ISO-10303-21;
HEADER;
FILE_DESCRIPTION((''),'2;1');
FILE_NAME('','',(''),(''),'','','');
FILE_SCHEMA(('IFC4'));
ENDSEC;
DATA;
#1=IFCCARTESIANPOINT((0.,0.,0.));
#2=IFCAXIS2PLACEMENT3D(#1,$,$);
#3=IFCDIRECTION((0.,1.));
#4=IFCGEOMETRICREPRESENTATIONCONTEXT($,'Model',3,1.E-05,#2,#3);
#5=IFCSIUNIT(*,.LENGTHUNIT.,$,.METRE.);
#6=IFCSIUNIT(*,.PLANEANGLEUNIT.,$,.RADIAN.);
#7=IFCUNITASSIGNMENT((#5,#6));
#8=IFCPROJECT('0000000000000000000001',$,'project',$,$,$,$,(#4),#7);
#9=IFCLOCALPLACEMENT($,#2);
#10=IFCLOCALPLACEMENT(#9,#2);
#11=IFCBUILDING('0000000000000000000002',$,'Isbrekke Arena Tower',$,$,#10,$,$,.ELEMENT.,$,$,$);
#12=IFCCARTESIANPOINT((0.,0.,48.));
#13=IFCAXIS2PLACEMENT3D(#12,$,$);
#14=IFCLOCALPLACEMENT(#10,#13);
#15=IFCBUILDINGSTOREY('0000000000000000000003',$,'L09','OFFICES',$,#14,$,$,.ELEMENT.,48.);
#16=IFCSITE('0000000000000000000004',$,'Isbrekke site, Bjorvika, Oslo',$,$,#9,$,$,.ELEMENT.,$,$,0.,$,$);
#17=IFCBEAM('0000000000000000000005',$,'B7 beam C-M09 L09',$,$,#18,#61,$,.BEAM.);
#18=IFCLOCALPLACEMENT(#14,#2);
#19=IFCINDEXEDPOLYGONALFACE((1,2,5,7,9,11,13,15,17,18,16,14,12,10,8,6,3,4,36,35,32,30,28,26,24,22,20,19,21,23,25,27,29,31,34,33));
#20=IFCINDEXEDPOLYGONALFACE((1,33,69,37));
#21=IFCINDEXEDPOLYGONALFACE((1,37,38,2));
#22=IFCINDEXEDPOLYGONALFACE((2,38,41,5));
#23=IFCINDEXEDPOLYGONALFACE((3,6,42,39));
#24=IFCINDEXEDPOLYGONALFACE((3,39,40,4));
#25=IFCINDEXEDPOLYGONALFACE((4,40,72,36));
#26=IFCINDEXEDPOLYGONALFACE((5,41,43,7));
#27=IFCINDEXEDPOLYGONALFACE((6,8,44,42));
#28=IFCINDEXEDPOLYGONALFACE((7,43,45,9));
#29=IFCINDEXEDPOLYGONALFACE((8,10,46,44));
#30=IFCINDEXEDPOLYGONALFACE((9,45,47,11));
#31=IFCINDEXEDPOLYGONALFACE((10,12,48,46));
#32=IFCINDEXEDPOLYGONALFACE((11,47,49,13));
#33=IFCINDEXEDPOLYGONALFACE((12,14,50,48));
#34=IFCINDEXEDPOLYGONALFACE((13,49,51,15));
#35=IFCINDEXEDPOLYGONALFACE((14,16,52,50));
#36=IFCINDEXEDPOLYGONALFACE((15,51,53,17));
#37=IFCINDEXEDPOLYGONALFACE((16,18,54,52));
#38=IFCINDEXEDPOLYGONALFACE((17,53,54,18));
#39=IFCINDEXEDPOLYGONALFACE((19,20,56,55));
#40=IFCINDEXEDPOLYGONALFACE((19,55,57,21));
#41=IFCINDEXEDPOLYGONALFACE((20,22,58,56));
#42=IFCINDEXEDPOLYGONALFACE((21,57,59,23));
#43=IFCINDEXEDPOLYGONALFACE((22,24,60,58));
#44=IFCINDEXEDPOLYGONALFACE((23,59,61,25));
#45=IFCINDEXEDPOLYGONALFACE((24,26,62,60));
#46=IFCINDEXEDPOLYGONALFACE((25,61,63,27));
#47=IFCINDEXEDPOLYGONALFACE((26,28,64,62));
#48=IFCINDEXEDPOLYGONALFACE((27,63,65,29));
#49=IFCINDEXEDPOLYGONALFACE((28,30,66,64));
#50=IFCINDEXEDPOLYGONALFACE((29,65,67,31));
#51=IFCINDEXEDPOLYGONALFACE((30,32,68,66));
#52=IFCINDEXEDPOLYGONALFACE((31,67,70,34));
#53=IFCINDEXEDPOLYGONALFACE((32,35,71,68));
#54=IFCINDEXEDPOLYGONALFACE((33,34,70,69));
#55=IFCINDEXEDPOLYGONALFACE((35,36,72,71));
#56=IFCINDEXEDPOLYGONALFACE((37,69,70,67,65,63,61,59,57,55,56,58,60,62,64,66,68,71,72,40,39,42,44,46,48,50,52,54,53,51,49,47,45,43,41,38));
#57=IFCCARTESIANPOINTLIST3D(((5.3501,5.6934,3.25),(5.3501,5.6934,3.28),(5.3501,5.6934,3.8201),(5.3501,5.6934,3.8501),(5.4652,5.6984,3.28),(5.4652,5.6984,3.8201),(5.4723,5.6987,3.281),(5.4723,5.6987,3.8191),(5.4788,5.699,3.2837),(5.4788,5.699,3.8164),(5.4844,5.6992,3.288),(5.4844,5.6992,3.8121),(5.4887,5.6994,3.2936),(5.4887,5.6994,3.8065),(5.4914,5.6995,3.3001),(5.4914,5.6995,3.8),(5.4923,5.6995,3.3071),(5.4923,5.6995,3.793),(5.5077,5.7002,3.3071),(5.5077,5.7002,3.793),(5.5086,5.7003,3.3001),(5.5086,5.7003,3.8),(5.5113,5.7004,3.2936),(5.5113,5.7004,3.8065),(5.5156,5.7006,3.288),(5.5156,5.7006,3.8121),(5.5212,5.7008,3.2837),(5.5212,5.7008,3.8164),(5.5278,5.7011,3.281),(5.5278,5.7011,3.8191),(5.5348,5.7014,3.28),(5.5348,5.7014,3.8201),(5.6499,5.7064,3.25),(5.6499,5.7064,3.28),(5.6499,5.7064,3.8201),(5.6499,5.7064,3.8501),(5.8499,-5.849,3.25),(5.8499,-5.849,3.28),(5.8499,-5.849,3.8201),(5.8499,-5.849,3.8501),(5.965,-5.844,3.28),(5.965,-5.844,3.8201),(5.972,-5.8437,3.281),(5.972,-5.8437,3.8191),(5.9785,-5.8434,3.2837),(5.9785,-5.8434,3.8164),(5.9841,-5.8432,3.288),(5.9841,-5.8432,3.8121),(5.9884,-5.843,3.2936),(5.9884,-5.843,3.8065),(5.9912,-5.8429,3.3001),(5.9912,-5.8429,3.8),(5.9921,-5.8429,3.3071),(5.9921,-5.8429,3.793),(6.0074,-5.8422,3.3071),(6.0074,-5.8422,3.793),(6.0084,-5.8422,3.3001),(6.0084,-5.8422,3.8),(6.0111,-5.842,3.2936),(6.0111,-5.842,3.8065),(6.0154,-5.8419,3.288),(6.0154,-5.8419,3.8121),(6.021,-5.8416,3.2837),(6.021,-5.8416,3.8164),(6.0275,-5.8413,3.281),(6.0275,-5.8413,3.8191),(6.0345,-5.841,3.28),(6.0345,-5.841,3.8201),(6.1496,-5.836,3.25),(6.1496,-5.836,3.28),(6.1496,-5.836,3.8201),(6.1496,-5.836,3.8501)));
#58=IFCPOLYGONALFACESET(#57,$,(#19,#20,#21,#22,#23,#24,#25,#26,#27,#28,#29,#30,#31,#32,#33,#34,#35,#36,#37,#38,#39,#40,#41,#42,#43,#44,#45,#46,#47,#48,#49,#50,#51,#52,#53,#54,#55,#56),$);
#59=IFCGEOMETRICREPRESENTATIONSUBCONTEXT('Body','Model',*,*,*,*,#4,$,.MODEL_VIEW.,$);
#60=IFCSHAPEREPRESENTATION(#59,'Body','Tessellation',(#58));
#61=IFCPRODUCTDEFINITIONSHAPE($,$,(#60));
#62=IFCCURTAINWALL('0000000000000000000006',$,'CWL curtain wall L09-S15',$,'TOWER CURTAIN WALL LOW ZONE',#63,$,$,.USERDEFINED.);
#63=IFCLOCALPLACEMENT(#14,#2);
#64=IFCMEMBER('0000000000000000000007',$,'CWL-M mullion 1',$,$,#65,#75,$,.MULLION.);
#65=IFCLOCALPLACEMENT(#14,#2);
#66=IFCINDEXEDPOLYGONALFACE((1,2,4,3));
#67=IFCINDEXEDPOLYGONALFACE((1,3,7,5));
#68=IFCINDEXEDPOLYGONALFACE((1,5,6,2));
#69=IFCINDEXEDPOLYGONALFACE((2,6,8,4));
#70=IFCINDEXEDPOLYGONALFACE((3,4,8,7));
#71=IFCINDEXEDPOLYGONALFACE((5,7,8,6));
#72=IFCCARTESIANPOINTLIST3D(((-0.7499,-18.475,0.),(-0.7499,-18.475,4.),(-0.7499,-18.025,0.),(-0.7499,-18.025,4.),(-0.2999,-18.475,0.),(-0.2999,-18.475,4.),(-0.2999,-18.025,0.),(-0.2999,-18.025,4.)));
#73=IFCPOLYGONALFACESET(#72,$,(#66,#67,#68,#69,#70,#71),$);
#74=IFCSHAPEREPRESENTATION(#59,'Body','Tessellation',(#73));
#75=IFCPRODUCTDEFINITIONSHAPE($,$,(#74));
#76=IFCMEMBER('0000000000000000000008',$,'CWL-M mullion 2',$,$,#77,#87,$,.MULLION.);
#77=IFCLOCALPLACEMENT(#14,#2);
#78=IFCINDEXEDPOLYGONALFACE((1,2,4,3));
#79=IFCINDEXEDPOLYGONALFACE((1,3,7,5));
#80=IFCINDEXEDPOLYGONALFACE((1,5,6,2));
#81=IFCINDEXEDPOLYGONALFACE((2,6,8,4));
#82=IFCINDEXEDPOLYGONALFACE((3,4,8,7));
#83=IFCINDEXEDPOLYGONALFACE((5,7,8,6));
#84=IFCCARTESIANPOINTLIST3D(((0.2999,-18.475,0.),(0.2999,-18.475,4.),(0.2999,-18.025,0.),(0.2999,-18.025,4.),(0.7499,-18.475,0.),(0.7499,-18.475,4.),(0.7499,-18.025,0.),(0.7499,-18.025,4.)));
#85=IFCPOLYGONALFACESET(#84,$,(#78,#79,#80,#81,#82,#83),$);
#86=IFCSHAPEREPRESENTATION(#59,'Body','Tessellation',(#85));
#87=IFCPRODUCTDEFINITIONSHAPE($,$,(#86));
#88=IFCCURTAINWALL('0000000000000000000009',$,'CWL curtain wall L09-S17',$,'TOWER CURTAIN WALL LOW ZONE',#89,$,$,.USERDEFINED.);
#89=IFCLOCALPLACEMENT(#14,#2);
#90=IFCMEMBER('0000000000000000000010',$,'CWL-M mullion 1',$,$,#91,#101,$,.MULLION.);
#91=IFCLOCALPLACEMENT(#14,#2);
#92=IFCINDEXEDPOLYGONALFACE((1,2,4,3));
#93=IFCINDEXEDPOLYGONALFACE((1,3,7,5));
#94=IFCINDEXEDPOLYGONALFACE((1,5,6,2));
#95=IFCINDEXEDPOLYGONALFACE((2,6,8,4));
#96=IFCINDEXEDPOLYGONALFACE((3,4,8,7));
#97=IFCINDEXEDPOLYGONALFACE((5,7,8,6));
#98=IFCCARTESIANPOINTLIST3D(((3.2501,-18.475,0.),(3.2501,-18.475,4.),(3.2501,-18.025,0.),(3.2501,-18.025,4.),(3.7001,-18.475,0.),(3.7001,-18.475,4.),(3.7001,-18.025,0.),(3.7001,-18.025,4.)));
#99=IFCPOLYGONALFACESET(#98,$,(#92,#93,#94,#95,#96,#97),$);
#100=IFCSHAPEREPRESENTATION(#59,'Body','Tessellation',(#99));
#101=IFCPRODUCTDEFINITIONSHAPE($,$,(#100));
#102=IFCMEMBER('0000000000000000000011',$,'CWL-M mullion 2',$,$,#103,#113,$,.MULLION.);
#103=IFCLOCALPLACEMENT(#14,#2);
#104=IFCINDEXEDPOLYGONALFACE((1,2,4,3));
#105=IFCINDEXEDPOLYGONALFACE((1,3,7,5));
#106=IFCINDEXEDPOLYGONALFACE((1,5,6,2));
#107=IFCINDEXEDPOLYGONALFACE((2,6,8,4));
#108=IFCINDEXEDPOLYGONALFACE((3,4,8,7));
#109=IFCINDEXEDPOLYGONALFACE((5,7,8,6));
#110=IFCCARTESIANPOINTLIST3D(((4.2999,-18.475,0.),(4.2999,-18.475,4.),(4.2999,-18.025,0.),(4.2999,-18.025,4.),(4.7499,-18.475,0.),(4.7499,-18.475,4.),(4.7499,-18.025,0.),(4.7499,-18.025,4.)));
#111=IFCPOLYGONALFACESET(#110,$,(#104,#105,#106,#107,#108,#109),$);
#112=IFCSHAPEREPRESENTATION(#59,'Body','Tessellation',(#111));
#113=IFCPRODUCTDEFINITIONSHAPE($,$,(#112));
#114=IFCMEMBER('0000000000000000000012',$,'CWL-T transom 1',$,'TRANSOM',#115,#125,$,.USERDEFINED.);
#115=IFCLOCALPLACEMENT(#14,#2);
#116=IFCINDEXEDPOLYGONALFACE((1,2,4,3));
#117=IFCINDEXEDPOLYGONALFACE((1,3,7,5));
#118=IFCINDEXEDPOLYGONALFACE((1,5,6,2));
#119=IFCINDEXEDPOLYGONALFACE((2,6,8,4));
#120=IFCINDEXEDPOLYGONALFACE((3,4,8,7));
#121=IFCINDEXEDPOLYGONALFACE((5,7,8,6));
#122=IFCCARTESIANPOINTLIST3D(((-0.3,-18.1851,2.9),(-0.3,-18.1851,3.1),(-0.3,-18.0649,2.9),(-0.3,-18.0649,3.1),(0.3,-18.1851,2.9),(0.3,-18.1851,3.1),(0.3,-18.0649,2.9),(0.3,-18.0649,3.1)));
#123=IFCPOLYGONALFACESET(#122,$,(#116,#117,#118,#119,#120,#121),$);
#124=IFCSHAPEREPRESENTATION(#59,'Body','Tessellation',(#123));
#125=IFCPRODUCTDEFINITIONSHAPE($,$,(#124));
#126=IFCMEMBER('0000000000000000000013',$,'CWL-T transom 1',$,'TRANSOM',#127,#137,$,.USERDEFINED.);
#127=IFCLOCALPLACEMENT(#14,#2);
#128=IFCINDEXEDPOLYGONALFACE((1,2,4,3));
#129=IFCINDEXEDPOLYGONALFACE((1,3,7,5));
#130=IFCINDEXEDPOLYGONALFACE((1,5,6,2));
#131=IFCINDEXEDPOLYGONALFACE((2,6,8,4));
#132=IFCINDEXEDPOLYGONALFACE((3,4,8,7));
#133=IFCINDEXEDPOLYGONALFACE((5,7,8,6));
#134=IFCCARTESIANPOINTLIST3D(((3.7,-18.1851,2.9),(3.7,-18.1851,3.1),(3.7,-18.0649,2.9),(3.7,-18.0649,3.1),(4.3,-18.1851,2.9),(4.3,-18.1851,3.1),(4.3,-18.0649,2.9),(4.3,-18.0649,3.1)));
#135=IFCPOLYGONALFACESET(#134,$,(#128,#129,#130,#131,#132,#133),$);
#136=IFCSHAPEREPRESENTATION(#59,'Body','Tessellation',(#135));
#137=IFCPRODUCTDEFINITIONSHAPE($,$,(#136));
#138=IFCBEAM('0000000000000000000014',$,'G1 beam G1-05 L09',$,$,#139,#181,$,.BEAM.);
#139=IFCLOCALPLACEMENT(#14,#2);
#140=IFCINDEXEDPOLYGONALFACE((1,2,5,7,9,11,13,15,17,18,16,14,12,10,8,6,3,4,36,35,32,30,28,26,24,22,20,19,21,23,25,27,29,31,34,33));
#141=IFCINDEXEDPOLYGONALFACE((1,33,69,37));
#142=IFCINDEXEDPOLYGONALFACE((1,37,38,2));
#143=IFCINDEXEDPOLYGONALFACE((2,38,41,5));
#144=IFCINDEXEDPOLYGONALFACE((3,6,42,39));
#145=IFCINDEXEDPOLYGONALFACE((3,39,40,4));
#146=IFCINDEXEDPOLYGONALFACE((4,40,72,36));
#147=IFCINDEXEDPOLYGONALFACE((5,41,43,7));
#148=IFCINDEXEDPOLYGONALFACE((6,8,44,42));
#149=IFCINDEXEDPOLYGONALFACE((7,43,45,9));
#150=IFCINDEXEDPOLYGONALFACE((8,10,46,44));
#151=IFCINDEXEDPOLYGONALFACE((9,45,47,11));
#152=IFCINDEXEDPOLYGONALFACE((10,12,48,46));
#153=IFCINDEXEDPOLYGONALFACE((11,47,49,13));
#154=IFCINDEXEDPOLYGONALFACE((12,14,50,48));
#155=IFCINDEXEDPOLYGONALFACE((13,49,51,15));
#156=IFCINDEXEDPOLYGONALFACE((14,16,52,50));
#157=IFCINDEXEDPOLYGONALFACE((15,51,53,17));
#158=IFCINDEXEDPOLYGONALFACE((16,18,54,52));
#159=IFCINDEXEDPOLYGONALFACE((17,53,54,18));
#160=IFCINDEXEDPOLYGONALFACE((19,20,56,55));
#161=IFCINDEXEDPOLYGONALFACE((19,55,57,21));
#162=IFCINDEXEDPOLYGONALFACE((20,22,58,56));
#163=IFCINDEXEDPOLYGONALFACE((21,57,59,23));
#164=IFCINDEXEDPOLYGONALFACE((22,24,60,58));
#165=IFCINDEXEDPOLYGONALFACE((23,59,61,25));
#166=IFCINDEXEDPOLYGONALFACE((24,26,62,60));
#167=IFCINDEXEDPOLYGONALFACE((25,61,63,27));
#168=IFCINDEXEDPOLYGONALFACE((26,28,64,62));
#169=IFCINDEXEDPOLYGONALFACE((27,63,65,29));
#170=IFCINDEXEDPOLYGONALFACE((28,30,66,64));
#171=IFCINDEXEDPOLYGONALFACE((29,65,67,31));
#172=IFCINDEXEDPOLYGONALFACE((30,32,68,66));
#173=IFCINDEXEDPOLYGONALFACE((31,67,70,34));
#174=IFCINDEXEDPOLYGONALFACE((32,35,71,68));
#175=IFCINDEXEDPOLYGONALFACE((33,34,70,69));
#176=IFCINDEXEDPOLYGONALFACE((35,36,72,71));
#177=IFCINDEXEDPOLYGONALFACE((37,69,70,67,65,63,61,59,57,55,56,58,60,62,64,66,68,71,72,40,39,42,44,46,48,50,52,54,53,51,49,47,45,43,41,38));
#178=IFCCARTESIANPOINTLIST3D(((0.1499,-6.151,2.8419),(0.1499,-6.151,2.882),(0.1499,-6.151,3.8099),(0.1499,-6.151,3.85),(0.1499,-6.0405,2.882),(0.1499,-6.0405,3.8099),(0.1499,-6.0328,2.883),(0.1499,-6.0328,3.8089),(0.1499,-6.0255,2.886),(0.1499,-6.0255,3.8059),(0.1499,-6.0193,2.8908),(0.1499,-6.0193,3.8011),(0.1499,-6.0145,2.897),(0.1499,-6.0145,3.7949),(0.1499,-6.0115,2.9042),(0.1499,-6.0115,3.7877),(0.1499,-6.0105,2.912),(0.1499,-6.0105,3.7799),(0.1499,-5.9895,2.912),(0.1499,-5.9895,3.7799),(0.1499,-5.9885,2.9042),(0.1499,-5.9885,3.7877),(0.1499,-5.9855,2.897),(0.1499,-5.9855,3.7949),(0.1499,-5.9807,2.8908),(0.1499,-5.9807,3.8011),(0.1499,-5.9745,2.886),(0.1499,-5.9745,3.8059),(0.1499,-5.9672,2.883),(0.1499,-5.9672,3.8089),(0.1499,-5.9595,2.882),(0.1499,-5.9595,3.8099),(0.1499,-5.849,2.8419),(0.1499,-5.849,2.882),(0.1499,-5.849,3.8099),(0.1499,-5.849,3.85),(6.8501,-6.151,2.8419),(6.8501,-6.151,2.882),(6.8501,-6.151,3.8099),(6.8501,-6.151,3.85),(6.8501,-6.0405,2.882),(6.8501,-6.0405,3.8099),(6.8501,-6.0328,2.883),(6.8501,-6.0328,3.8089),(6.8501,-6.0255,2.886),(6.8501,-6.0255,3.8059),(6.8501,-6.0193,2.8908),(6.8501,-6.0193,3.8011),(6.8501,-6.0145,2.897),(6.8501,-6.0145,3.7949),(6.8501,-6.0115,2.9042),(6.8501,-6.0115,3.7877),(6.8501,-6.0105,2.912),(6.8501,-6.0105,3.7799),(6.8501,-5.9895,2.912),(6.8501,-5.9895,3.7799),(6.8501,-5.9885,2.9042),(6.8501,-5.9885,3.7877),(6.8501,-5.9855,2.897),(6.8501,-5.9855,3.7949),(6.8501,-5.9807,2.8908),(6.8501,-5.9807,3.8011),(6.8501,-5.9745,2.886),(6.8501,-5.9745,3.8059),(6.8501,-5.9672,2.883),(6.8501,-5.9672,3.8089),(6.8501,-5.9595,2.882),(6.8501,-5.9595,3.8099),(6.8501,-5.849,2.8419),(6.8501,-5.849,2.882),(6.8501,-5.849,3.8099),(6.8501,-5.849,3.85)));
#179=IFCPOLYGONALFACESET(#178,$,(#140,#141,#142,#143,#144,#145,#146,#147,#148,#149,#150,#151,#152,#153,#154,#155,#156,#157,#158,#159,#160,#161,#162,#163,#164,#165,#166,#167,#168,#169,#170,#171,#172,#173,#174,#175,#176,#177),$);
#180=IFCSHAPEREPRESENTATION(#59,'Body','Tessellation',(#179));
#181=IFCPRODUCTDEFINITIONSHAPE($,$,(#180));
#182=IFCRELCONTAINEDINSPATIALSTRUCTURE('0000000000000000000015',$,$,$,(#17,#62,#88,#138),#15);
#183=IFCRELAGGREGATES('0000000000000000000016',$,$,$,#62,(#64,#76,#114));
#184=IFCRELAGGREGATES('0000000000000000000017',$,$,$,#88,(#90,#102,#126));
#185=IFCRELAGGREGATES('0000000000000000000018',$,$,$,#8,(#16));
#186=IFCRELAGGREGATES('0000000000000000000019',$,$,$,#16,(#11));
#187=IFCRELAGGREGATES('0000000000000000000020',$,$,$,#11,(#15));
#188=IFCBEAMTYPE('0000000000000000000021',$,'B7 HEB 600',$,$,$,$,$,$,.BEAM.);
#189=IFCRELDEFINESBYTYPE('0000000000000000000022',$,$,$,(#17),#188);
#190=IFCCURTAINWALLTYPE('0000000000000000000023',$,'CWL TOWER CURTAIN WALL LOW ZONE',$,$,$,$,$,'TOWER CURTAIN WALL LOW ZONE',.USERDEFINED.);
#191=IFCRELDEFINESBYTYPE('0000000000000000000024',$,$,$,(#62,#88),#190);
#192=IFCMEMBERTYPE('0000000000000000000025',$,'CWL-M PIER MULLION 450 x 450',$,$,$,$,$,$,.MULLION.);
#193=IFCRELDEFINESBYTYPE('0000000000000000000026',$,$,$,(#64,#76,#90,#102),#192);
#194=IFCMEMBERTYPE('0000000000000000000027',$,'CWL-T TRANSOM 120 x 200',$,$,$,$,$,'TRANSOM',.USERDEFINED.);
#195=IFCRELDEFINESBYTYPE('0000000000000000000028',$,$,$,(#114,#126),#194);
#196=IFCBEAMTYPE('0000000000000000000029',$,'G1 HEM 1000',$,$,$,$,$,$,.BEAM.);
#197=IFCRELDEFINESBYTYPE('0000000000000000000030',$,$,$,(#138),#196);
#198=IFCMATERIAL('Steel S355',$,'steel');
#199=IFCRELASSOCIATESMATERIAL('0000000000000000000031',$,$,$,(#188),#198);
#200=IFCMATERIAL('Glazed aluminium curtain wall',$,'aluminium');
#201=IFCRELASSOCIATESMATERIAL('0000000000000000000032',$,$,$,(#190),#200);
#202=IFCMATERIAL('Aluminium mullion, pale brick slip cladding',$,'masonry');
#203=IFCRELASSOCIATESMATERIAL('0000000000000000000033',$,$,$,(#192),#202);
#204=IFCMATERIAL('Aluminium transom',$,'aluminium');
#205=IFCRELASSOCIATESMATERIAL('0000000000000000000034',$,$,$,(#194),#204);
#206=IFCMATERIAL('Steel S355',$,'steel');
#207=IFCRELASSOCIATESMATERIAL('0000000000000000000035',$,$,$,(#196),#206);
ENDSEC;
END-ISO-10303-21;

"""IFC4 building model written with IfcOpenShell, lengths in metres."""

from ifc_helpers import new_model, si_unit, direction, frame, origin, origin_2d, place, context, subcontext, project, spatial, rectangle, i_section, extrude, material, material_profile, profile_set, type_object, element, aggregate, save


model = new_model("IFC4")

# Units and contexts
model_context = context("Model", 3, precision=1e-05, world=origin(), true_north=direction((0.0, 1.0)))
body_context = subcontext(model_context, "Body", "Model", "MODEL_VIEW")
ifc_project = project(units=[si_unit("LENGTHUNIT", "METRE"), si_unit("PLANEANGLEUNIT", "RADIAN")], contexts=[model_context])

# Site, building, storey
site_placement = place(None, origin())
site = spatial("IfcSite", under=ifc_project, at=site_placement, Name="Isbrekke site, Bjorvika, Oslo", CompositionType="ELEMENT", RefElevation=0.0)
building_placement = place(site_placement, origin())
building = spatial("IfcBuilding", under=site, at=building_placement, Name="Isbrekke Arena Tower", CompositionType="ELEMENT")
storey_placement = place(building_placement, frame((0.0, 0.0, 48.0)))
storey = spatial("IfcBuildingStorey", under=building, at=storey_placement, Name="L09", Description="OFFICES", CompositionType="ELEMENT", Elevation=48.0)

# Beam
ifc_material_1 = material(Name="Steel S355", Category="steel")
ifc_material_profile_1 = material_profile(ifc_material_1, i_section(OverallWidth=0.3, OverallDepth=0.6001, WebThickness=0.0154, FlangeThickness=0.03, FilletRadius=0.0271, at=origin_2d()), Name="HEB 600")
ifc_profile_set_1 = profile_set([ifc_material_profile_1], Name="Steel S355")
beam_type_1 = type_object("IfcBeamType", Name="B7 HEB 600", PredefinedType="BEAM", material=ifc_profile_set_1)
beam_1_placement = place(storey_placement, frame((5.9998, -5.8425, 3.55), z_axis=(-0.043257, 0.999064, 0.0), x_axis=(-0.999064, -0.043257, 0.0)))
element("IfcBeam", 1, at=beam_1_placement, inside=storey, type_object=beam_type_1, Name="B7 beam C-M09 L09", PredefinedType="BEAM", context=body_context, shape_type="SweptSolid", body=[
    extrude(i_section(OverallWidth=0.3, OverallDepth=0.6001, WebThickness=0.0154, FlangeThickness=0.03, FilletRadius=0.0271, at=origin_2d()), origin(), (0.0, 0.0, 1.0), 11.5532),
])

# Curtain walls, members
ifc_material_2 = material(Name="Glazed aluminium curtain wall", Category="aluminium")
curtain_wall_type = type_object("IfcCurtainWallType", Name="CWL TOWER CURTAIN WALL LOW ZONE", ElementType="TOWER CURTAIN WALL LOW ZONE", PredefinedType="USERDEFINED", material=ifc_material_2)
curtain_wall_1_placement = place(storey_placement, origin())
curtain_wall_1 = element("IfcCurtainWall", 2, at=curtain_wall_1_placement, inside=storey, type_object=curtain_wall_type, Name="CWL curtain wall L09-S15", ObjectType="TOWER CURTAIN WALL LOW ZONE", PredefinedType="USERDEFINED")
ifc_material_3 = material(Name="Aluminium mullion, pale brick slip cladding", Category="masonry")
ifc_material_profile_2 = material_profile(ifc_material_3, rectangle(XDim=0.45, YDim=0.45, at=origin_2d()), Name="PIER 450X450")
ifc_profile_set_2 = profile_set([ifc_material_profile_2], Name="Aluminium mullion, pale brick slip cladding")
member_type_1 = type_object("IfcMemberType", Name="CWL-M PIER MULLION 450 x 450", PredefinedType="MULLION", material=ifc_profile_set_2)
member_1_placement = place(storey_placement, frame((-0.5249, -18.25, 0.0), z_axis=(0.0, 0.0, 1.0), x_axis=(1.0, 0.0, 0.0)))
member_1 = element("IfcMember", 3, at=member_1_placement, type_object=member_type_1, Name="CWL-M mullion 1", PredefinedType="MULLION", context=body_context, shape_type="SweptSolid", body=[
    extrude(rectangle(XDim=0.45, YDim=0.45, at=origin_2d()), origin(), (0.0, 0.0, 1.0), 4.0),
])
member_2_placement = place(storey_placement, frame((0.5249, -18.25, 0.0), z_axis=(0.0, 0.0, 1.0), x_axis=(1.0, 0.0, 0.0)))
member_2 = element("IfcMember", 4, at=member_2_placement, type_object=member_type_1, Name="CWL-M mullion 2", PredefinedType="MULLION", context=body_context, shape_type="SweptSolid", body=[
    extrude(rectangle(XDim=0.45, YDim=0.45, at=origin_2d()), origin(), (0.0, 0.0, 1.0), 4.0),
])
curtain_wall_2_placement = place(storey_placement, origin())
curtain_wall_2 = element("IfcCurtainWall", 5, at=curtain_wall_2_placement, inside=storey, type_object=curtain_wall_type, Name="CWL curtain wall L09-S17", ObjectType="TOWER CURTAIN WALL LOW ZONE", PredefinedType="USERDEFINED")
member_3_placement = place(storey_placement, frame((3.4751, -18.25, 0.0), z_axis=(0.0, 0.0, 1.0), x_axis=(1.0, 0.0, 0.0)))
member_3 = element("IfcMember", 6, at=member_3_placement, type_object=member_type_1, Name="CWL-M mullion 1", PredefinedType="MULLION", context=body_context, shape_type="SweptSolid", body=[
    extrude(rectangle(XDim=0.45, YDim=0.45, at=origin_2d()), origin(), (0.0, 0.0, 1.0), 4.0),
])
member_4_placement = place(storey_placement, frame((4.5249, -18.25, 0.0), z_axis=(0.0, 0.0, 1.0), x_axis=(1.0, 0.0, 0.0)))
member_4 = element("IfcMember", 7, at=member_4_placement, type_object=member_type_1, Name="CWL-M mullion 2", PredefinedType="MULLION", context=body_context, shape_type="SweptSolid", body=[
    extrude(rectangle(XDim=0.45, YDim=0.45, at=origin_2d()), origin(), (0.0, 0.0, 1.0), 4.0),
])

# Members
ifc_material_4 = material(Name="Aluminium transom", Category="aluminium")
ifc_material_profile_3 = material_profile(ifc_material_4, rectangle(XDim=0.1201, YDim=0.2, at=origin_2d()), Name="TRANSOM 120X200")
ifc_profile_set_3 = profile_set([ifc_material_profile_3], Name="Aluminium transom")
member_type_2 = type_object("IfcMemberType", Name="CWL-T TRANSOM 120 x 200", ElementType="TRANSOM", PredefinedType="USERDEFINED", material=ifc_profile_set_3)
member_5_placement = place(storey_placement, frame((-0.3, -18.125, 3.0), z_axis=(1.0, 0.0, 0.0), x_axis=(0.0, 1.0, 0.0)))
member_5 = element("IfcMember", 8, at=member_5_placement, type_object=member_type_2, Name="CWL-T transom 1", ObjectType="TRANSOM", PredefinedType="USERDEFINED", context=body_context, shape_type="SweptSolid", body=[
    extrude(rectangle(XDim=0.1201, YDim=0.2, at=origin_2d()), origin(), (0.0, 0.0, 1.0), 0.6001),
])
member_6_placement = place(storey_placement, frame((3.7, -18.125, 3.0), z_axis=(1.0, 0.0, 0.0), x_axis=(0.0, 1.0, 0.0)))
member_6 = element("IfcMember", 9, at=member_6_placement, type_object=member_type_2, Name="CWL-T transom 1", ObjectType="TRANSOM", PredefinedType="USERDEFINED", context=body_context, shape_type="SweptSolid", body=[
    extrude(rectangle(XDim=0.1201, YDim=0.2, at=origin_2d()), origin(), (0.0, 0.0, 1.0), 0.6001),
])

# Beam
ifc_material_5 = material(Name="Steel S355", Category="steel")
ifc_material_profile_4 = material_profile(ifc_material_5, i_section(OverallWidth=0.302, OverallDepth=1.0081, WebThickness=0.021, FlangeThickness=0.04, FilletRadius=0.03, at=origin_2d()), Name="HEM 1000")
ifc_profile_set_4 = profile_set([ifc_material_profile_4], Name="Steel S355")
beam_type_2 = type_object("IfcBeamType", Name="G1 HEM 1000", PredefinedType="BEAM", material=ifc_profile_set_4)
for number, where, z_axis, x_axis, name in (
    (10, (0.1499, -6.0, 3.3459), (1.0, 0.0, 0.0), (0.0, 1.0, 0.0), "G1 beam G1-05 L09"),
):
    element("IfcBeam", number, at=place(storey_placement, frame(where, z_axis=z_axis, x_axis=x_axis)), inside=storey, type_object=beam_type_2, Name=name, PredefinedType="BEAM", context=body_context, shape_type="SweptSolid", body=[
        extrude(i_section(OverallWidth=0.302, OverallDepth=1.0081, WebThickness=0.021, FlangeThickness=0.04, FilletRadius=0.03, at=origin_2d()), origin(), (0.0, 0.0, 1.0), 6.7002),
    ])

aggregate(curtain_wall_1, [member_1, member_2, member_5])
aggregate(curtain_wall_2, [member_3, member_4, member_6])

save(model, "model.ifc")
